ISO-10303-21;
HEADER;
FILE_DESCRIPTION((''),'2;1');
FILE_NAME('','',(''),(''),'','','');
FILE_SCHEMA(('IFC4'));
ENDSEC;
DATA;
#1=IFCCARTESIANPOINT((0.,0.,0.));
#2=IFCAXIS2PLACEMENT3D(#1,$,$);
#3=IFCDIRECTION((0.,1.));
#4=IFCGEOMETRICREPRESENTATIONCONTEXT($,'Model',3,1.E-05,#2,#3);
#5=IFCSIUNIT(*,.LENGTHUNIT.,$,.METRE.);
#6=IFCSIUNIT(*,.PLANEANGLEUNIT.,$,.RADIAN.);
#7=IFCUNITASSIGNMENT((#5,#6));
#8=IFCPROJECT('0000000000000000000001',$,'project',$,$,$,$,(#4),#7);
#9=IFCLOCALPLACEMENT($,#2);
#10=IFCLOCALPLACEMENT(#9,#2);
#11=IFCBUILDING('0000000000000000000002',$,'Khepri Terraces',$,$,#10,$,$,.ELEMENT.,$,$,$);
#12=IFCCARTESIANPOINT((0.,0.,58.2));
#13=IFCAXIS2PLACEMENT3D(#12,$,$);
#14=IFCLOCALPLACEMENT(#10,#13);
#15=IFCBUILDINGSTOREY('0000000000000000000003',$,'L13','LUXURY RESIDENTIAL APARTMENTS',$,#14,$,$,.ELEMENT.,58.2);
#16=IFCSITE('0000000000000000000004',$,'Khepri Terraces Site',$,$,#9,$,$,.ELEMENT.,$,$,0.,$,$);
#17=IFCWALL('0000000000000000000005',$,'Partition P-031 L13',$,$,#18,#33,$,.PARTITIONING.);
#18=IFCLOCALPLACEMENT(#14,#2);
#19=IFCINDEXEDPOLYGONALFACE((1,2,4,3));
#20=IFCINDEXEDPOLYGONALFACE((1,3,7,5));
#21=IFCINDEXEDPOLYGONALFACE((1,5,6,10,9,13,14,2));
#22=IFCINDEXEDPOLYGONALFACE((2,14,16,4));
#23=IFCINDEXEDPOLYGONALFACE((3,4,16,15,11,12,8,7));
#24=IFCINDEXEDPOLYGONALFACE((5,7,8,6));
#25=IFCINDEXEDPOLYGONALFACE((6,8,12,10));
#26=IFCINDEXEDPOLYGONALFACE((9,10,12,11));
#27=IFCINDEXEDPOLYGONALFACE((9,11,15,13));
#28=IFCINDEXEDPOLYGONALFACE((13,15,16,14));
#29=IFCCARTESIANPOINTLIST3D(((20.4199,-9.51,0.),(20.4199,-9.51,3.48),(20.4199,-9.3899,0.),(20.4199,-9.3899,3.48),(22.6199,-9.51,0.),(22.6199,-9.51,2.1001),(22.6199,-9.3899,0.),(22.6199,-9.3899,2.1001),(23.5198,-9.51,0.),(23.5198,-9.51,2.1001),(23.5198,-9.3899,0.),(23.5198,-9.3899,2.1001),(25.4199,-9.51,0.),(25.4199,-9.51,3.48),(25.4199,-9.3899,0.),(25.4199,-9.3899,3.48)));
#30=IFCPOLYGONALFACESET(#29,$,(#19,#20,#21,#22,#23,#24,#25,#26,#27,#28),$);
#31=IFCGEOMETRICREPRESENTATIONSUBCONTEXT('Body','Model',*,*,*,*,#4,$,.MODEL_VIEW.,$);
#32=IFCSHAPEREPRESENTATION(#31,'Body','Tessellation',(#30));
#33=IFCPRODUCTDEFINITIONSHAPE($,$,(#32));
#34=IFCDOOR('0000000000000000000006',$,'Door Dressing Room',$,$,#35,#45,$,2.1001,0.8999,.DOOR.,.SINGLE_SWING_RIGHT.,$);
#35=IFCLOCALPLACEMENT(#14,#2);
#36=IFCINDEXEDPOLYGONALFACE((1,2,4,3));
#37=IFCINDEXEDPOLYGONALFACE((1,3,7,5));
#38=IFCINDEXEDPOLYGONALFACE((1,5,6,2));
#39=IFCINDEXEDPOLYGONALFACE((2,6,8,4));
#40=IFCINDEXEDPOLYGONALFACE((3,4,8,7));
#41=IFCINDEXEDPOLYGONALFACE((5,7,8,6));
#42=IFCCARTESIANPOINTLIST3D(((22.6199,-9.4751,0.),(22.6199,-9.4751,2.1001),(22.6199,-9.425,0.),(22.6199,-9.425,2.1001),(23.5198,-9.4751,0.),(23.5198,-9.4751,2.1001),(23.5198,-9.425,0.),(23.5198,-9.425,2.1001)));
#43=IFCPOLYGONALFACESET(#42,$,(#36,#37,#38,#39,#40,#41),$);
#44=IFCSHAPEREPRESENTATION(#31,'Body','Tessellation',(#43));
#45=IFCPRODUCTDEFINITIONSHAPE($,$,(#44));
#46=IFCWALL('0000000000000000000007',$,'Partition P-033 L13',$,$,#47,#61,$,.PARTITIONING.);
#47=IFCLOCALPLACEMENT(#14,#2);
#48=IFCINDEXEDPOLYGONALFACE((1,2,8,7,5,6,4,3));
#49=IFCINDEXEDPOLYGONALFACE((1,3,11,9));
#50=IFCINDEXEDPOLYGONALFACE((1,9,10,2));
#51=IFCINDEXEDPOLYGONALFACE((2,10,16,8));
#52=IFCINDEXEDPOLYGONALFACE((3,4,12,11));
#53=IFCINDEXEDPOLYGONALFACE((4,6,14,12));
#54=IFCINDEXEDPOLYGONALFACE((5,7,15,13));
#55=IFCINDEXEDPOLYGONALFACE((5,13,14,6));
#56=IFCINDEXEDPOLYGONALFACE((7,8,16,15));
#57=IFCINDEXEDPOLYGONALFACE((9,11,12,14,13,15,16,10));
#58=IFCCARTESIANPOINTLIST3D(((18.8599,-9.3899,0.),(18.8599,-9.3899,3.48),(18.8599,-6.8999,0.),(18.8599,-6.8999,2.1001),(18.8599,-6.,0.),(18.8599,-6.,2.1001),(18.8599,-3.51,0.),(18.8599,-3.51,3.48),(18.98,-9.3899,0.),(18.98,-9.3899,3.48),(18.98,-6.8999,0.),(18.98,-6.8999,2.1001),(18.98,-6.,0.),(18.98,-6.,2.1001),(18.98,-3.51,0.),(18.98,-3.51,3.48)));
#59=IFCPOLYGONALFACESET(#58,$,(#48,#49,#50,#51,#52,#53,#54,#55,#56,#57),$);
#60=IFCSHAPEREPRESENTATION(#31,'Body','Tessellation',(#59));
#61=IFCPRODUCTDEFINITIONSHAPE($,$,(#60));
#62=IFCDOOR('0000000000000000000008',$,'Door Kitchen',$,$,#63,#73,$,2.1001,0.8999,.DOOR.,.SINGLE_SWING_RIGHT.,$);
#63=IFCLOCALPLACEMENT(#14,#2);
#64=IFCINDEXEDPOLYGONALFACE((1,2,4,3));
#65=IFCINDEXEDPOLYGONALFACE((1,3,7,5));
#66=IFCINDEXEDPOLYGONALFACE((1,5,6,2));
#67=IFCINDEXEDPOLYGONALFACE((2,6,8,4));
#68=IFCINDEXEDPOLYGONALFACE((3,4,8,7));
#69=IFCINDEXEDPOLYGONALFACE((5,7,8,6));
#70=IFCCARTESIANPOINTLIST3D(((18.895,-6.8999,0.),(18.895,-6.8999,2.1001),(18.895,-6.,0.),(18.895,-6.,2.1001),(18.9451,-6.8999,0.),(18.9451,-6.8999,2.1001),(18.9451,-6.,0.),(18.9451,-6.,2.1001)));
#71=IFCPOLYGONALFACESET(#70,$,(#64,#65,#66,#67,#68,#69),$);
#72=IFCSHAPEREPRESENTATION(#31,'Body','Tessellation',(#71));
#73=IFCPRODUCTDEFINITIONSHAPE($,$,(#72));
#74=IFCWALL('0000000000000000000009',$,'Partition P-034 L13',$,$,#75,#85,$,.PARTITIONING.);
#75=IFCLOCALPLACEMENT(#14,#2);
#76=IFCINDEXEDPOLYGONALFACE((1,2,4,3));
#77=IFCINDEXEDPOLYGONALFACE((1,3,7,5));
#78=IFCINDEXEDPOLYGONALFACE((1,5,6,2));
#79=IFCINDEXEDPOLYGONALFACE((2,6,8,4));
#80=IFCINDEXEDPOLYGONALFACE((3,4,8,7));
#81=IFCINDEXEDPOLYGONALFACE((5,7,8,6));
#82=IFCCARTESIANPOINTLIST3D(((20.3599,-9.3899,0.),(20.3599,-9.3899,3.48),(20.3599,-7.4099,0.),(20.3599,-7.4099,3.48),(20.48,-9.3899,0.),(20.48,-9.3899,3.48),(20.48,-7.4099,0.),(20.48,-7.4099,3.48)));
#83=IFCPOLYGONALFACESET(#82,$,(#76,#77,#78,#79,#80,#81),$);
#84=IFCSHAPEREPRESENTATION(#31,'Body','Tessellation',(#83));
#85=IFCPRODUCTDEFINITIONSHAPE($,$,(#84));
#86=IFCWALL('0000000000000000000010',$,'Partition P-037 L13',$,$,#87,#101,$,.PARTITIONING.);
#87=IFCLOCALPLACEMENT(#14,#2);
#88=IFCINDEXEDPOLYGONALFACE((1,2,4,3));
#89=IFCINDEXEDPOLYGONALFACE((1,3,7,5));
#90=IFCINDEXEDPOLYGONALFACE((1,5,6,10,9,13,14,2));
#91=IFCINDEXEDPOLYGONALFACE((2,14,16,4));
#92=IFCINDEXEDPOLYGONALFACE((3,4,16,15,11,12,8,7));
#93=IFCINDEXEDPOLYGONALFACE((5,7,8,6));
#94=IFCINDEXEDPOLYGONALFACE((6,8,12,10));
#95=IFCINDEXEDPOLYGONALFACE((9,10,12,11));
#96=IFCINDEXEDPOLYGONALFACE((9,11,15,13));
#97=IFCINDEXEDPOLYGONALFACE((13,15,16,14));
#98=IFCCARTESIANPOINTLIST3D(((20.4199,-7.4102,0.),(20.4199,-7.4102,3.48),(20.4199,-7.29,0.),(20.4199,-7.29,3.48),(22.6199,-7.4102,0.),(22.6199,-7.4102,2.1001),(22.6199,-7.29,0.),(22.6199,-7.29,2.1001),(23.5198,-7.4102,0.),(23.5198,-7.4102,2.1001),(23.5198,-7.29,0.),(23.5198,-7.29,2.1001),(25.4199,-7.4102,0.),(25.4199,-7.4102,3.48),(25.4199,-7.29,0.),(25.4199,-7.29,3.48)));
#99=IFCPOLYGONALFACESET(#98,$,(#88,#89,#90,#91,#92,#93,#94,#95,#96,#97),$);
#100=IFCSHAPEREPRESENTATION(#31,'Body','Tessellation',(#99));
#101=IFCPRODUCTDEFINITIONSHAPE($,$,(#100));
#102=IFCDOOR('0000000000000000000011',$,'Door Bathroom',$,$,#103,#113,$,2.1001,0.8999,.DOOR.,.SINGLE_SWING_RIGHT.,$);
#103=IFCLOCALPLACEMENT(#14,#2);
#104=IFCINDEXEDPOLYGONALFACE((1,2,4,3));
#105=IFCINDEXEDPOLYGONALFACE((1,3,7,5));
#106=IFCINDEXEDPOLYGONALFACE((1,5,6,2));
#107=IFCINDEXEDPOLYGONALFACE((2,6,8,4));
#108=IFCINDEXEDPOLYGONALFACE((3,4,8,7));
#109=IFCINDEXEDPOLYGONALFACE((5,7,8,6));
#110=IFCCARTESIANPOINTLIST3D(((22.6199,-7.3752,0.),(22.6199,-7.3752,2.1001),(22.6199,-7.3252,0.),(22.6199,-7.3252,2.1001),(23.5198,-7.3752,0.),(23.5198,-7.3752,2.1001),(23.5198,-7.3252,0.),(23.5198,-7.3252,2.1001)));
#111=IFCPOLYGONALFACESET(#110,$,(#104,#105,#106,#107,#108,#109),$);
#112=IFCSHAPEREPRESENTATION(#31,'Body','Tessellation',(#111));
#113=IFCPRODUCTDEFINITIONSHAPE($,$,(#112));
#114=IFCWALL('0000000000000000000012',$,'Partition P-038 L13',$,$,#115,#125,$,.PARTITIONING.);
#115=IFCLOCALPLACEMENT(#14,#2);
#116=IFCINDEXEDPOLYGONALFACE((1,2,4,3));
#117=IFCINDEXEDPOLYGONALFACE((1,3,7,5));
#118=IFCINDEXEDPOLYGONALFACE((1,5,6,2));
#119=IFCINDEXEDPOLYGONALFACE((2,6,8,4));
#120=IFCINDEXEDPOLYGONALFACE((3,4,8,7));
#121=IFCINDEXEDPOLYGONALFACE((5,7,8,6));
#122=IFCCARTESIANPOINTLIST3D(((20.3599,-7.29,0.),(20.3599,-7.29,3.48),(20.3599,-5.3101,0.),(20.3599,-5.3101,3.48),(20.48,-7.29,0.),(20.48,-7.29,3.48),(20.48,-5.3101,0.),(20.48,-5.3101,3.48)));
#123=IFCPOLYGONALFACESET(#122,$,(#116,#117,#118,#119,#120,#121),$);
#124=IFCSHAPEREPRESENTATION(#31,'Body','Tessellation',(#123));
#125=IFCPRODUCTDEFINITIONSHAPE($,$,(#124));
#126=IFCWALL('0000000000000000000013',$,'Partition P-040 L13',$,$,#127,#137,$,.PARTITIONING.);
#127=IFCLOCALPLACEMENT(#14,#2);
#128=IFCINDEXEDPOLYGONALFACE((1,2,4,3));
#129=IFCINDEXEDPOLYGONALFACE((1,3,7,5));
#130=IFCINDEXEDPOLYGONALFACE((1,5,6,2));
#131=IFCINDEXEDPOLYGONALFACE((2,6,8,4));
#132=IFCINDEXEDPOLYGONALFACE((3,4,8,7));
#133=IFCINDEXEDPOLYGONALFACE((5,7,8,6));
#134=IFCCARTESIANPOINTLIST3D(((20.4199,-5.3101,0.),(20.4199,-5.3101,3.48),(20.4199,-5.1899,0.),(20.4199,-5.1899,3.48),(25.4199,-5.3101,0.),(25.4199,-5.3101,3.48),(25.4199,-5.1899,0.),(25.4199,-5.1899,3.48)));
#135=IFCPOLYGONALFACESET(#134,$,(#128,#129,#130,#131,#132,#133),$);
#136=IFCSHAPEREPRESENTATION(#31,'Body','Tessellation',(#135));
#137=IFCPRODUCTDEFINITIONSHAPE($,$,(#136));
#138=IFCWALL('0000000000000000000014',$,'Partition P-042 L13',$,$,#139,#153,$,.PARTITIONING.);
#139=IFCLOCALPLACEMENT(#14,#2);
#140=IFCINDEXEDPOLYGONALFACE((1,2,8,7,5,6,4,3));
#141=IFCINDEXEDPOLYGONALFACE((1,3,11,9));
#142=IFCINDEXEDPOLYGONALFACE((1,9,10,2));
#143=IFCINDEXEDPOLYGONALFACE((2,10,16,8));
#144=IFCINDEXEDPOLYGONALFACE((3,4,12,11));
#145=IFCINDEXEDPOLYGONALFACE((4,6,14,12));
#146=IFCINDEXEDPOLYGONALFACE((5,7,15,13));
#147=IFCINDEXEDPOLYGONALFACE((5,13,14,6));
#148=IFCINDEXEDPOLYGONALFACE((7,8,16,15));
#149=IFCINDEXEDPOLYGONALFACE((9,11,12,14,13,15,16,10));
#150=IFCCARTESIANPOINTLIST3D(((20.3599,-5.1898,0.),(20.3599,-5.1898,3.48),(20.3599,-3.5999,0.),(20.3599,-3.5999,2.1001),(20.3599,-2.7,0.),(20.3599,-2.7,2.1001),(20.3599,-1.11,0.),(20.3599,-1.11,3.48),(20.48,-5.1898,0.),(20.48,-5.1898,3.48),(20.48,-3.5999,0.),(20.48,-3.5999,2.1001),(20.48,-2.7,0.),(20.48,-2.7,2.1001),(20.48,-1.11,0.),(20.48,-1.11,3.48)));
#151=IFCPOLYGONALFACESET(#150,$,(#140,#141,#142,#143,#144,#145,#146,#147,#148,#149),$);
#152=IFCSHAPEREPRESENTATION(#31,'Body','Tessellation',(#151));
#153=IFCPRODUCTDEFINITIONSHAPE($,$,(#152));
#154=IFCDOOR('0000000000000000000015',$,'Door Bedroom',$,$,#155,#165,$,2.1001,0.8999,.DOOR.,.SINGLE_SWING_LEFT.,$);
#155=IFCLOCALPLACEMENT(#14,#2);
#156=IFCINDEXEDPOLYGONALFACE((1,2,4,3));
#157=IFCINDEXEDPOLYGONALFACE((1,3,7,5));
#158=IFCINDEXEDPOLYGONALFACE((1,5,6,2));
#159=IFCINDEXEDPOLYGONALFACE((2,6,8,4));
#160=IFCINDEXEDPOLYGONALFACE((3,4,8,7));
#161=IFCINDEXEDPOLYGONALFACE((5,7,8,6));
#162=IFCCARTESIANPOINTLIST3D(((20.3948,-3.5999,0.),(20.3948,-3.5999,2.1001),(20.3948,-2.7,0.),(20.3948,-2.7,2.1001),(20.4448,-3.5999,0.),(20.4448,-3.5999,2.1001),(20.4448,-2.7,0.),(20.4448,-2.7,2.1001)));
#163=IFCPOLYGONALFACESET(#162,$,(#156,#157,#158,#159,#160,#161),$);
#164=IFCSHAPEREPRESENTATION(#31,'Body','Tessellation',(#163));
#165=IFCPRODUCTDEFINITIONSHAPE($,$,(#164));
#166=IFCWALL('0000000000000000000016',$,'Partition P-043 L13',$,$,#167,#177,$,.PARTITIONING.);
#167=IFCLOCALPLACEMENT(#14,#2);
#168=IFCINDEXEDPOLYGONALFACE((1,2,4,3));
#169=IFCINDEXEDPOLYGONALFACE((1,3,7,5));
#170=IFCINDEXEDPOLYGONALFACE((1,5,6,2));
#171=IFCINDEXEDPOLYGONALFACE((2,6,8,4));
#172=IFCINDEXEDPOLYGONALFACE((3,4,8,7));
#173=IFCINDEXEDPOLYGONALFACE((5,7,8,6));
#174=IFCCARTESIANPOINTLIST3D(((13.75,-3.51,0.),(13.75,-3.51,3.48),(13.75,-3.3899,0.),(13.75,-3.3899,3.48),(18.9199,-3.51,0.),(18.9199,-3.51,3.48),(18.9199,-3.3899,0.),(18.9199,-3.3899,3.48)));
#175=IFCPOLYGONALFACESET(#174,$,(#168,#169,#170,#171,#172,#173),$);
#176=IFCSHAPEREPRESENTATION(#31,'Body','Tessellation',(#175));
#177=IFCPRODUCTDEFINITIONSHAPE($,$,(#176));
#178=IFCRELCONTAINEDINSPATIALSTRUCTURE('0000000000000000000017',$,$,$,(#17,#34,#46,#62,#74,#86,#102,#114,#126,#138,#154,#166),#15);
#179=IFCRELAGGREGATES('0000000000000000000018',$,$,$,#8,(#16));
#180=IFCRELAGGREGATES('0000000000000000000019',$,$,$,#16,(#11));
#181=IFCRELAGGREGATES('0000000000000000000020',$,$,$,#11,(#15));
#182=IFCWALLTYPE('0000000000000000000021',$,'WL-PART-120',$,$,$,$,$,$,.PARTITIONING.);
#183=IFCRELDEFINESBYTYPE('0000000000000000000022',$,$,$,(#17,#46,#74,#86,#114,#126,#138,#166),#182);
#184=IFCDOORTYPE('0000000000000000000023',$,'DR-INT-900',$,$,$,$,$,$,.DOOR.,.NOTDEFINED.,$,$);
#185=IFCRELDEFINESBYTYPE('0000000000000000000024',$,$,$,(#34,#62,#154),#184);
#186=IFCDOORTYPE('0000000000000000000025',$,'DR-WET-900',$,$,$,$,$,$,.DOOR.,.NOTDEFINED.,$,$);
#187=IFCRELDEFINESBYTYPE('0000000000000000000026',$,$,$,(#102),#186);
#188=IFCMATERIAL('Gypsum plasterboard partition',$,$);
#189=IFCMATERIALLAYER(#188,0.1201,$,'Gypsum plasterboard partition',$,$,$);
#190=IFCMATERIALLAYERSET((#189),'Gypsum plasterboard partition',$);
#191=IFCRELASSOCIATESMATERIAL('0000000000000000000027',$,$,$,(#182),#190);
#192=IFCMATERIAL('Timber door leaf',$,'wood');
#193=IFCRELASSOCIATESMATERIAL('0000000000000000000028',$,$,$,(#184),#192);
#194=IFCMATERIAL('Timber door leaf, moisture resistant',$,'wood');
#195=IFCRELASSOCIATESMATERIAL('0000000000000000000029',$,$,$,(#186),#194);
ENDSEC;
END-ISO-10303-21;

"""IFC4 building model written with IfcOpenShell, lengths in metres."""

from ifc_helpers import new_model, si_unit, direction, frame, frame_2d, origin, place, context, subcontext, project, spatial, rectangle, extrude, material, layer, layer_set, type_object, element, fill, save


model = new_model("IFC4")

# Units and contexts
model_context = context("Model", 3, precision=1e-05, world=origin(), true_north=direction((0.0, 1.0)))
body_context = subcontext(model_context, "Body", "Model", "MODEL_VIEW")
ifc_project = project(units=[si_unit("LENGTHUNIT", "METRE"), si_unit("PLANEANGLEUNIT", "RADIAN")], contexts=[model_context])

# Site, building, storey
site_placement = place(None, origin())
site = spatial("IfcSite", under=ifc_project, at=site_placement, Name="Khepri Terraces Site", CompositionType="ELEMENT", RefElevation=0.0)
building_placement = place(site_placement, origin())
building = spatial("IfcBuilding", under=site, at=building_placement, Name="Khepri Terraces", CompositionType="ELEMENT")
storey_placement = place(building_placement, frame((0.0, 0.0, 58.2)))
storey = spatial("IfcBuildingStorey", under=building, at=storey_placement, Name="L13", Description="LUXURY RESIDENTIAL APARTMENTS", CompositionType="ELEMENT", Elevation=58.2)

# Shared definitions
ifc_material_1 = material(Name="Gypsum plasterboard partition")
ifc_layer_1 = layer(ifc_material_1, 0.1201, Name="Gypsum plasterboard partition")
ifc_layer_set_1 = layer_set([ifc_layer_1], Name="Gypsum plasterboard partition")
wall_type_1 = type_object("IfcWallType", Name="WL-PART-120", PredefinedType="PARTITIONING", material=ifc_layer_set_1)

# Shared definitions
ifc_material_2 = material(Name="Timber door leaf", Category="wood")
door_type_1 = type_object("IfcDoorType", Name="DR-INT-900", OperationType="NOTDEFINED", PredefinedType="DOOR", material=ifc_material_2)

# Walls, openings, doors
wall_1_placement = place(storey_placement, frame((20.4199, -9.45, 0.0), z_axis=(0.0, 0.0, 1.0), x_axis=(1.0, 0.0, 0.0)))
wall_1 = element("IfcWall", 1, at=wall_1_placement, inside=storey, type_object=wall_type_1, Name="Partition P-031 L13", PredefinedType="PARTITIONING", context=body_context, shape_type="SweptSolid", body=[
    extrude(rectangle(XDim=5.0, YDim=0.1201, at=frame_2d((2.5, 0.0))), origin(), (0.0, 0.0, 1.0), 3.48),
])
opening_1_placement = place(wall_1_placement, frame((2.2, 0.0, 0.0)))
opening_1 = element("IfcOpeningElement", 2, at=opening_1_placement, cuts=wall_1, PredefinedType="OPENING", context=body_context, shape_type="SweptSolid", body=[
    extrude(rectangle(XDim=0.8999, YDim=2.1001, at=frame_2d((0.45, 1.05))), frame((0.0, 0.0701, 0.0), z_axis=(0.0, -1.0, 0.0), x_axis=(1.0, 0.0, 0.0)), (0.0, 0.0, 1.0), 0.1401),
])
door_1_placement = place(opening_1_placement, origin())
door_1 = element("IfcDoor", 3, at=door_1_placement, inside=storey, type_object=door_type_1, Name="Door Dressing Room", OperationType="SINGLE_SWING_RIGHT", OverallHeight=2.1001, OverallWidth=0.8999, PredefinedType="DOOR", context=body_context, shape_type="SweptSolid", body=[
    extrude(rectangle(XDim=0.8999, YDim=2.1001, at=frame_2d((0.45, 1.05))), frame((0.0, 0.0249, 0.0), z_axis=(0.0, -1.0, 0.0), x_axis=(1.0, 0.0, 0.0)), (0.0, 0.0, 1.0), 0.05),
])
fill(opening_1, door_1)
wall_2_placement = place(storey_placement, frame((18.9199, -9.3899, 0.0), z_axis=(0.0, 0.0, 1.0), x_axis=(0.0, 1.0, 0.0)))
wall_2 = element("IfcWall", 4, at=wall_2_placement, inside=storey, type_object=wall_type_1, Name="Partition P-033 L13", PredefinedType="PARTITIONING", context=body_context, shape_type="SweptSolid", body=[
    extrude(rectangle(XDim=5.8799, YDim=0.1201, at=frame_2d((2.9399, 0.0))), origin(), (0.0, 0.0, 1.0), 3.48),
])
opening_2_placement = place(wall_2_placement, frame((2.49, 0.0, 0.0)))
opening_2 = element("IfcOpeningElement", 5, at=opening_2_placement, cuts=wall_2, PredefinedType="OPENING", context=body_context, shape_type="SweptSolid", body=[
    extrude(rectangle(XDim=0.8999, YDim=2.1001, at=frame_2d((0.45, 1.05))), frame((0.0, 0.0701, 0.0), z_axis=(0.0, -1.0, 0.0), x_axis=(1.0, 0.0, 0.0)), (0.0, 0.0, 1.0), 0.1401),
])
door_2_placement = place(opening_2_placement, origin())
door_2 = element("IfcDoor", 6, at=door_2_placement, inside=storey, type_object=door_type_1, Name="Door Kitchen", OperationType="SINGLE_SWING_RIGHT", OverallHeight=2.1001, OverallWidth=0.8999, PredefinedType="DOOR", context=body_context, shape_type="SweptSolid", body=[
    extrude(rectangle(XDim=0.8999, YDim=2.1001, at=frame_2d((0.45, 1.05))), frame((0.0, 0.0249, 0.0), z_axis=(0.0, -1.0, 0.0), x_axis=(1.0, 0.0, 0.0)), (0.0, 0.0, 1.0), 0.05),
])
fill(opening_2, door_2)

# Wall
wall_3_placement = place(storey_placement, frame((20.4199, -9.3899, 0.0), z_axis=(0.0, 0.0, 1.0), x_axis=(0.0, 1.0, 0.0)))
element("IfcWall", 7, at=wall_3_placement, inside=storey, type_object=wall_type_1, Name="Partition P-034 L13", PredefinedType="PARTITIONING", context=body_context, shape_type="SweptSolid", body=[
    extrude(rectangle(XDim=1.98, YDim=0.1201, at=frame_2d((0.99, 0.0))), origin(), (0.0, 0.0, 1.0), 3.48),
])

# Wall, opening, door
wall_4_placement = place(storey_placement, frame((20.4199, -7.3501, 0.0), z_axis=(0.0, 0.0, 1.0), x_axis=(1.0, 0.0, 0.0)))
wall_4 = element("IfcWall", 8, at=wall_4_placement, inside=storey, type_object=wall_type_1, Name="Partition P-037 L13", PredefinedType="PARTITIONING", context=body_context, shape_type="SweptSolid", body=[
    extrude(rectangle(XDim=5.0, YDim=0.1201, at=frame_2d((2.5, 0.0))), origin(), (0.0, 0.0, 1.0), 3.48),
])
opening_3_placement = place(wall_4_placement, frame((2.2, 0.0, 0.0)))
opening_3 = element("IfcOpeningElement", 9, at=opening_3_placement, cuts=wall_4, PredefinedType="OPENING", context=body_context, shape_type="SweptSolid", body=[
    extrude(rectangle(XDim=0.8999, YDim=2.1001, at=frame_2d((0.45, 1.05))), frame((0.0, 0.0701, 0.0), z_axis=(0.0, -1.0, 0.0), x_axis=(1.0, 0.0, 0.0)), (0.0, 0.0, 1.0), 0.1401),
])
ifc_material_3 = material(Name="Timber door leaf, moisture resistant", Category="wood")
door_type_2 = type_object("IfcDoorType", Name="DR-WET-900", OperationType="NOTDEFINED", PredefinedType="DOOR", material=ifc_material_3)
door_3_placement = place(opening_3_placement, origin())
door_3 = element("IfcDoor", 10, at=door_3_placement, inside=storey, type_object=door_type_2, Name="Door Bathroom", OperationType="SINGLE_SWING_RIGHT", OverallHeight=2.1001, OverallWidth=0.8999, PredefinedType="DOOR", context=body_context, shape_type="SweptSolid", body=[
    extrude(rectangle(XDim=0.8999, YDim=2.1001, at=frame_2d((0.45, 1.05))), frame((0.0, 0.0249, 0.0), z_axis=(0.0, -1.0, 0.0), x_axis=(1.0, 0.0, 0.0)), (0.0, 0.0, 1.0), 0.05),
])
fill(opening_3, door_3)

# Walls
wall_5_placement = place(storey_placement, frame((20.4199, -7.29, 0.0), z_axis=(0.0, 0.0, 1.0), x_axis=(0.0, 1.0, 0.0)))
element("IfcWall", 11, at=wall_5_placement, inside=storey, type_object=wall_type_1, Name="Partition P-038 L13", PredefinedType="PARTITIONING", context=body_context, shape_type="SweptSolid", body=[
    extrude(rectangle(XDim=1.98, YDim=0.1201, at=frame_2d((0.99, 0.0))), origin(), (0.0, 0.0, 1.0), 3.48),
])
wall_6_placement = place(storey_placement, frame((20.4199, -5.25, 0.0), z_axis=(0.0, 0.0, 1.0), x_axis=(1.0, 0.0, 0.0)))
element("IfcWall", 12, at=wall_6_placement, inside=storey, type_object=wall_type_1, Name="Partition P-040 L13", PredefinedType="PARTITIONING", context=body_context, shape_type="SweptSolid", body=[
    extrude(rectangle(XDim=5.0, YDim=0.1201, at=frame_2d((2.5, 0.0))), origin(), (0.0, 0.0, 1.0), 3.48),
])

# Wall, opening, door
wall_7_placement = place(storey_placement, frame((20.4199, -5.1899, 0.0), z_axis=(0.0, 0.0, 1.0), x_axis=(0.0, 1.0, 0.0)))
wall_7 = element("IfcWall", 13, at=wall_7_placement, inside=storey, type_object=wall_type_1, Name="Partition P-042 L13", PredefinedType="PARTITIONING", context=body_context, shape_type="SweptSolid", body=[
    extrude(rectangle(XDim=4.0798, YDim=0.1201, at=frame_2d((2.04, 0.0))), origin(), (0.0, 0.0, 1.0), 3.48),
])
opening_4_placement = place(wall_7_placement, frame((1.5901, 0.0, 0.0)))
opening_4 = element("IfcOpeningElement", 14, at=opening_4_placement, cuts=wall_7, PredefinedType="OPENING", context=body_context, shape_type="SweptSolid", body=[
    extrude(rectangle(XDim=0.8999, YDim=2.1001, at=frame_2d((0.45, 1.05))), frame((0.0, 0.0701, 0.0), z_axis=(0.0, -1.0, 0.0), x_axis=(1.0, 0.0, 0.0)), (0.0, 0.0, 1.0), 0.1401),
])
door_4_placement = place(opening_4_placement, frame((0.8999, 0.0, 0.0), z_axis=(0.0, 0.0, 1.0), x_axis=(-1.0, 0.0, 0.0)))
door_4 = element("IfcDoor", 15, at=door_4_placement, inside=storey, type_object=door_type_1, Name="Door Bedroom", OperationType="SINGLE_SWING_LEFT", OverallHeight=2.1001, OverallWidth=0.8999, PredefinedType="DOOR", context=body_context, shape_type="SweptSolid", body=[
    extrude(rectangle(XDim=0.8999, YDim=2.1001, at=frame_2d((0.45, 1.05))), frame((0.0, 0.0249, 0.0), z_axis=(0.0, -1.0, 0.0), x_axis=(1.0, 0.0, 0.0)), (0.0, 0.0, 1.0), 0.05),
])
fill(opening_4, door_4)

# Wall
wall_8_placement = place(storey_placement, frame((13.75, -3.45, 0.0), z_axis=(0.0, 0.0, 1.0), x_axis=(1.0, 0.0, 0.0)))
element("IfcWall", 16, at=wall_8_placement, inside=storey, type_object=wall_type_1, Name="Partition P-043 L13", PredefinedType="PARTITIONING", context=body_context, shape_type="SweptSolid", body=[
    extrude(rectangle(XDim=5.1699, YDim=0.1201, at=frame_2d((2.585, 0.0))), origin(), (0.0, 0.0, 1.0), 3.48),
])

save(model, "model.ifc")
